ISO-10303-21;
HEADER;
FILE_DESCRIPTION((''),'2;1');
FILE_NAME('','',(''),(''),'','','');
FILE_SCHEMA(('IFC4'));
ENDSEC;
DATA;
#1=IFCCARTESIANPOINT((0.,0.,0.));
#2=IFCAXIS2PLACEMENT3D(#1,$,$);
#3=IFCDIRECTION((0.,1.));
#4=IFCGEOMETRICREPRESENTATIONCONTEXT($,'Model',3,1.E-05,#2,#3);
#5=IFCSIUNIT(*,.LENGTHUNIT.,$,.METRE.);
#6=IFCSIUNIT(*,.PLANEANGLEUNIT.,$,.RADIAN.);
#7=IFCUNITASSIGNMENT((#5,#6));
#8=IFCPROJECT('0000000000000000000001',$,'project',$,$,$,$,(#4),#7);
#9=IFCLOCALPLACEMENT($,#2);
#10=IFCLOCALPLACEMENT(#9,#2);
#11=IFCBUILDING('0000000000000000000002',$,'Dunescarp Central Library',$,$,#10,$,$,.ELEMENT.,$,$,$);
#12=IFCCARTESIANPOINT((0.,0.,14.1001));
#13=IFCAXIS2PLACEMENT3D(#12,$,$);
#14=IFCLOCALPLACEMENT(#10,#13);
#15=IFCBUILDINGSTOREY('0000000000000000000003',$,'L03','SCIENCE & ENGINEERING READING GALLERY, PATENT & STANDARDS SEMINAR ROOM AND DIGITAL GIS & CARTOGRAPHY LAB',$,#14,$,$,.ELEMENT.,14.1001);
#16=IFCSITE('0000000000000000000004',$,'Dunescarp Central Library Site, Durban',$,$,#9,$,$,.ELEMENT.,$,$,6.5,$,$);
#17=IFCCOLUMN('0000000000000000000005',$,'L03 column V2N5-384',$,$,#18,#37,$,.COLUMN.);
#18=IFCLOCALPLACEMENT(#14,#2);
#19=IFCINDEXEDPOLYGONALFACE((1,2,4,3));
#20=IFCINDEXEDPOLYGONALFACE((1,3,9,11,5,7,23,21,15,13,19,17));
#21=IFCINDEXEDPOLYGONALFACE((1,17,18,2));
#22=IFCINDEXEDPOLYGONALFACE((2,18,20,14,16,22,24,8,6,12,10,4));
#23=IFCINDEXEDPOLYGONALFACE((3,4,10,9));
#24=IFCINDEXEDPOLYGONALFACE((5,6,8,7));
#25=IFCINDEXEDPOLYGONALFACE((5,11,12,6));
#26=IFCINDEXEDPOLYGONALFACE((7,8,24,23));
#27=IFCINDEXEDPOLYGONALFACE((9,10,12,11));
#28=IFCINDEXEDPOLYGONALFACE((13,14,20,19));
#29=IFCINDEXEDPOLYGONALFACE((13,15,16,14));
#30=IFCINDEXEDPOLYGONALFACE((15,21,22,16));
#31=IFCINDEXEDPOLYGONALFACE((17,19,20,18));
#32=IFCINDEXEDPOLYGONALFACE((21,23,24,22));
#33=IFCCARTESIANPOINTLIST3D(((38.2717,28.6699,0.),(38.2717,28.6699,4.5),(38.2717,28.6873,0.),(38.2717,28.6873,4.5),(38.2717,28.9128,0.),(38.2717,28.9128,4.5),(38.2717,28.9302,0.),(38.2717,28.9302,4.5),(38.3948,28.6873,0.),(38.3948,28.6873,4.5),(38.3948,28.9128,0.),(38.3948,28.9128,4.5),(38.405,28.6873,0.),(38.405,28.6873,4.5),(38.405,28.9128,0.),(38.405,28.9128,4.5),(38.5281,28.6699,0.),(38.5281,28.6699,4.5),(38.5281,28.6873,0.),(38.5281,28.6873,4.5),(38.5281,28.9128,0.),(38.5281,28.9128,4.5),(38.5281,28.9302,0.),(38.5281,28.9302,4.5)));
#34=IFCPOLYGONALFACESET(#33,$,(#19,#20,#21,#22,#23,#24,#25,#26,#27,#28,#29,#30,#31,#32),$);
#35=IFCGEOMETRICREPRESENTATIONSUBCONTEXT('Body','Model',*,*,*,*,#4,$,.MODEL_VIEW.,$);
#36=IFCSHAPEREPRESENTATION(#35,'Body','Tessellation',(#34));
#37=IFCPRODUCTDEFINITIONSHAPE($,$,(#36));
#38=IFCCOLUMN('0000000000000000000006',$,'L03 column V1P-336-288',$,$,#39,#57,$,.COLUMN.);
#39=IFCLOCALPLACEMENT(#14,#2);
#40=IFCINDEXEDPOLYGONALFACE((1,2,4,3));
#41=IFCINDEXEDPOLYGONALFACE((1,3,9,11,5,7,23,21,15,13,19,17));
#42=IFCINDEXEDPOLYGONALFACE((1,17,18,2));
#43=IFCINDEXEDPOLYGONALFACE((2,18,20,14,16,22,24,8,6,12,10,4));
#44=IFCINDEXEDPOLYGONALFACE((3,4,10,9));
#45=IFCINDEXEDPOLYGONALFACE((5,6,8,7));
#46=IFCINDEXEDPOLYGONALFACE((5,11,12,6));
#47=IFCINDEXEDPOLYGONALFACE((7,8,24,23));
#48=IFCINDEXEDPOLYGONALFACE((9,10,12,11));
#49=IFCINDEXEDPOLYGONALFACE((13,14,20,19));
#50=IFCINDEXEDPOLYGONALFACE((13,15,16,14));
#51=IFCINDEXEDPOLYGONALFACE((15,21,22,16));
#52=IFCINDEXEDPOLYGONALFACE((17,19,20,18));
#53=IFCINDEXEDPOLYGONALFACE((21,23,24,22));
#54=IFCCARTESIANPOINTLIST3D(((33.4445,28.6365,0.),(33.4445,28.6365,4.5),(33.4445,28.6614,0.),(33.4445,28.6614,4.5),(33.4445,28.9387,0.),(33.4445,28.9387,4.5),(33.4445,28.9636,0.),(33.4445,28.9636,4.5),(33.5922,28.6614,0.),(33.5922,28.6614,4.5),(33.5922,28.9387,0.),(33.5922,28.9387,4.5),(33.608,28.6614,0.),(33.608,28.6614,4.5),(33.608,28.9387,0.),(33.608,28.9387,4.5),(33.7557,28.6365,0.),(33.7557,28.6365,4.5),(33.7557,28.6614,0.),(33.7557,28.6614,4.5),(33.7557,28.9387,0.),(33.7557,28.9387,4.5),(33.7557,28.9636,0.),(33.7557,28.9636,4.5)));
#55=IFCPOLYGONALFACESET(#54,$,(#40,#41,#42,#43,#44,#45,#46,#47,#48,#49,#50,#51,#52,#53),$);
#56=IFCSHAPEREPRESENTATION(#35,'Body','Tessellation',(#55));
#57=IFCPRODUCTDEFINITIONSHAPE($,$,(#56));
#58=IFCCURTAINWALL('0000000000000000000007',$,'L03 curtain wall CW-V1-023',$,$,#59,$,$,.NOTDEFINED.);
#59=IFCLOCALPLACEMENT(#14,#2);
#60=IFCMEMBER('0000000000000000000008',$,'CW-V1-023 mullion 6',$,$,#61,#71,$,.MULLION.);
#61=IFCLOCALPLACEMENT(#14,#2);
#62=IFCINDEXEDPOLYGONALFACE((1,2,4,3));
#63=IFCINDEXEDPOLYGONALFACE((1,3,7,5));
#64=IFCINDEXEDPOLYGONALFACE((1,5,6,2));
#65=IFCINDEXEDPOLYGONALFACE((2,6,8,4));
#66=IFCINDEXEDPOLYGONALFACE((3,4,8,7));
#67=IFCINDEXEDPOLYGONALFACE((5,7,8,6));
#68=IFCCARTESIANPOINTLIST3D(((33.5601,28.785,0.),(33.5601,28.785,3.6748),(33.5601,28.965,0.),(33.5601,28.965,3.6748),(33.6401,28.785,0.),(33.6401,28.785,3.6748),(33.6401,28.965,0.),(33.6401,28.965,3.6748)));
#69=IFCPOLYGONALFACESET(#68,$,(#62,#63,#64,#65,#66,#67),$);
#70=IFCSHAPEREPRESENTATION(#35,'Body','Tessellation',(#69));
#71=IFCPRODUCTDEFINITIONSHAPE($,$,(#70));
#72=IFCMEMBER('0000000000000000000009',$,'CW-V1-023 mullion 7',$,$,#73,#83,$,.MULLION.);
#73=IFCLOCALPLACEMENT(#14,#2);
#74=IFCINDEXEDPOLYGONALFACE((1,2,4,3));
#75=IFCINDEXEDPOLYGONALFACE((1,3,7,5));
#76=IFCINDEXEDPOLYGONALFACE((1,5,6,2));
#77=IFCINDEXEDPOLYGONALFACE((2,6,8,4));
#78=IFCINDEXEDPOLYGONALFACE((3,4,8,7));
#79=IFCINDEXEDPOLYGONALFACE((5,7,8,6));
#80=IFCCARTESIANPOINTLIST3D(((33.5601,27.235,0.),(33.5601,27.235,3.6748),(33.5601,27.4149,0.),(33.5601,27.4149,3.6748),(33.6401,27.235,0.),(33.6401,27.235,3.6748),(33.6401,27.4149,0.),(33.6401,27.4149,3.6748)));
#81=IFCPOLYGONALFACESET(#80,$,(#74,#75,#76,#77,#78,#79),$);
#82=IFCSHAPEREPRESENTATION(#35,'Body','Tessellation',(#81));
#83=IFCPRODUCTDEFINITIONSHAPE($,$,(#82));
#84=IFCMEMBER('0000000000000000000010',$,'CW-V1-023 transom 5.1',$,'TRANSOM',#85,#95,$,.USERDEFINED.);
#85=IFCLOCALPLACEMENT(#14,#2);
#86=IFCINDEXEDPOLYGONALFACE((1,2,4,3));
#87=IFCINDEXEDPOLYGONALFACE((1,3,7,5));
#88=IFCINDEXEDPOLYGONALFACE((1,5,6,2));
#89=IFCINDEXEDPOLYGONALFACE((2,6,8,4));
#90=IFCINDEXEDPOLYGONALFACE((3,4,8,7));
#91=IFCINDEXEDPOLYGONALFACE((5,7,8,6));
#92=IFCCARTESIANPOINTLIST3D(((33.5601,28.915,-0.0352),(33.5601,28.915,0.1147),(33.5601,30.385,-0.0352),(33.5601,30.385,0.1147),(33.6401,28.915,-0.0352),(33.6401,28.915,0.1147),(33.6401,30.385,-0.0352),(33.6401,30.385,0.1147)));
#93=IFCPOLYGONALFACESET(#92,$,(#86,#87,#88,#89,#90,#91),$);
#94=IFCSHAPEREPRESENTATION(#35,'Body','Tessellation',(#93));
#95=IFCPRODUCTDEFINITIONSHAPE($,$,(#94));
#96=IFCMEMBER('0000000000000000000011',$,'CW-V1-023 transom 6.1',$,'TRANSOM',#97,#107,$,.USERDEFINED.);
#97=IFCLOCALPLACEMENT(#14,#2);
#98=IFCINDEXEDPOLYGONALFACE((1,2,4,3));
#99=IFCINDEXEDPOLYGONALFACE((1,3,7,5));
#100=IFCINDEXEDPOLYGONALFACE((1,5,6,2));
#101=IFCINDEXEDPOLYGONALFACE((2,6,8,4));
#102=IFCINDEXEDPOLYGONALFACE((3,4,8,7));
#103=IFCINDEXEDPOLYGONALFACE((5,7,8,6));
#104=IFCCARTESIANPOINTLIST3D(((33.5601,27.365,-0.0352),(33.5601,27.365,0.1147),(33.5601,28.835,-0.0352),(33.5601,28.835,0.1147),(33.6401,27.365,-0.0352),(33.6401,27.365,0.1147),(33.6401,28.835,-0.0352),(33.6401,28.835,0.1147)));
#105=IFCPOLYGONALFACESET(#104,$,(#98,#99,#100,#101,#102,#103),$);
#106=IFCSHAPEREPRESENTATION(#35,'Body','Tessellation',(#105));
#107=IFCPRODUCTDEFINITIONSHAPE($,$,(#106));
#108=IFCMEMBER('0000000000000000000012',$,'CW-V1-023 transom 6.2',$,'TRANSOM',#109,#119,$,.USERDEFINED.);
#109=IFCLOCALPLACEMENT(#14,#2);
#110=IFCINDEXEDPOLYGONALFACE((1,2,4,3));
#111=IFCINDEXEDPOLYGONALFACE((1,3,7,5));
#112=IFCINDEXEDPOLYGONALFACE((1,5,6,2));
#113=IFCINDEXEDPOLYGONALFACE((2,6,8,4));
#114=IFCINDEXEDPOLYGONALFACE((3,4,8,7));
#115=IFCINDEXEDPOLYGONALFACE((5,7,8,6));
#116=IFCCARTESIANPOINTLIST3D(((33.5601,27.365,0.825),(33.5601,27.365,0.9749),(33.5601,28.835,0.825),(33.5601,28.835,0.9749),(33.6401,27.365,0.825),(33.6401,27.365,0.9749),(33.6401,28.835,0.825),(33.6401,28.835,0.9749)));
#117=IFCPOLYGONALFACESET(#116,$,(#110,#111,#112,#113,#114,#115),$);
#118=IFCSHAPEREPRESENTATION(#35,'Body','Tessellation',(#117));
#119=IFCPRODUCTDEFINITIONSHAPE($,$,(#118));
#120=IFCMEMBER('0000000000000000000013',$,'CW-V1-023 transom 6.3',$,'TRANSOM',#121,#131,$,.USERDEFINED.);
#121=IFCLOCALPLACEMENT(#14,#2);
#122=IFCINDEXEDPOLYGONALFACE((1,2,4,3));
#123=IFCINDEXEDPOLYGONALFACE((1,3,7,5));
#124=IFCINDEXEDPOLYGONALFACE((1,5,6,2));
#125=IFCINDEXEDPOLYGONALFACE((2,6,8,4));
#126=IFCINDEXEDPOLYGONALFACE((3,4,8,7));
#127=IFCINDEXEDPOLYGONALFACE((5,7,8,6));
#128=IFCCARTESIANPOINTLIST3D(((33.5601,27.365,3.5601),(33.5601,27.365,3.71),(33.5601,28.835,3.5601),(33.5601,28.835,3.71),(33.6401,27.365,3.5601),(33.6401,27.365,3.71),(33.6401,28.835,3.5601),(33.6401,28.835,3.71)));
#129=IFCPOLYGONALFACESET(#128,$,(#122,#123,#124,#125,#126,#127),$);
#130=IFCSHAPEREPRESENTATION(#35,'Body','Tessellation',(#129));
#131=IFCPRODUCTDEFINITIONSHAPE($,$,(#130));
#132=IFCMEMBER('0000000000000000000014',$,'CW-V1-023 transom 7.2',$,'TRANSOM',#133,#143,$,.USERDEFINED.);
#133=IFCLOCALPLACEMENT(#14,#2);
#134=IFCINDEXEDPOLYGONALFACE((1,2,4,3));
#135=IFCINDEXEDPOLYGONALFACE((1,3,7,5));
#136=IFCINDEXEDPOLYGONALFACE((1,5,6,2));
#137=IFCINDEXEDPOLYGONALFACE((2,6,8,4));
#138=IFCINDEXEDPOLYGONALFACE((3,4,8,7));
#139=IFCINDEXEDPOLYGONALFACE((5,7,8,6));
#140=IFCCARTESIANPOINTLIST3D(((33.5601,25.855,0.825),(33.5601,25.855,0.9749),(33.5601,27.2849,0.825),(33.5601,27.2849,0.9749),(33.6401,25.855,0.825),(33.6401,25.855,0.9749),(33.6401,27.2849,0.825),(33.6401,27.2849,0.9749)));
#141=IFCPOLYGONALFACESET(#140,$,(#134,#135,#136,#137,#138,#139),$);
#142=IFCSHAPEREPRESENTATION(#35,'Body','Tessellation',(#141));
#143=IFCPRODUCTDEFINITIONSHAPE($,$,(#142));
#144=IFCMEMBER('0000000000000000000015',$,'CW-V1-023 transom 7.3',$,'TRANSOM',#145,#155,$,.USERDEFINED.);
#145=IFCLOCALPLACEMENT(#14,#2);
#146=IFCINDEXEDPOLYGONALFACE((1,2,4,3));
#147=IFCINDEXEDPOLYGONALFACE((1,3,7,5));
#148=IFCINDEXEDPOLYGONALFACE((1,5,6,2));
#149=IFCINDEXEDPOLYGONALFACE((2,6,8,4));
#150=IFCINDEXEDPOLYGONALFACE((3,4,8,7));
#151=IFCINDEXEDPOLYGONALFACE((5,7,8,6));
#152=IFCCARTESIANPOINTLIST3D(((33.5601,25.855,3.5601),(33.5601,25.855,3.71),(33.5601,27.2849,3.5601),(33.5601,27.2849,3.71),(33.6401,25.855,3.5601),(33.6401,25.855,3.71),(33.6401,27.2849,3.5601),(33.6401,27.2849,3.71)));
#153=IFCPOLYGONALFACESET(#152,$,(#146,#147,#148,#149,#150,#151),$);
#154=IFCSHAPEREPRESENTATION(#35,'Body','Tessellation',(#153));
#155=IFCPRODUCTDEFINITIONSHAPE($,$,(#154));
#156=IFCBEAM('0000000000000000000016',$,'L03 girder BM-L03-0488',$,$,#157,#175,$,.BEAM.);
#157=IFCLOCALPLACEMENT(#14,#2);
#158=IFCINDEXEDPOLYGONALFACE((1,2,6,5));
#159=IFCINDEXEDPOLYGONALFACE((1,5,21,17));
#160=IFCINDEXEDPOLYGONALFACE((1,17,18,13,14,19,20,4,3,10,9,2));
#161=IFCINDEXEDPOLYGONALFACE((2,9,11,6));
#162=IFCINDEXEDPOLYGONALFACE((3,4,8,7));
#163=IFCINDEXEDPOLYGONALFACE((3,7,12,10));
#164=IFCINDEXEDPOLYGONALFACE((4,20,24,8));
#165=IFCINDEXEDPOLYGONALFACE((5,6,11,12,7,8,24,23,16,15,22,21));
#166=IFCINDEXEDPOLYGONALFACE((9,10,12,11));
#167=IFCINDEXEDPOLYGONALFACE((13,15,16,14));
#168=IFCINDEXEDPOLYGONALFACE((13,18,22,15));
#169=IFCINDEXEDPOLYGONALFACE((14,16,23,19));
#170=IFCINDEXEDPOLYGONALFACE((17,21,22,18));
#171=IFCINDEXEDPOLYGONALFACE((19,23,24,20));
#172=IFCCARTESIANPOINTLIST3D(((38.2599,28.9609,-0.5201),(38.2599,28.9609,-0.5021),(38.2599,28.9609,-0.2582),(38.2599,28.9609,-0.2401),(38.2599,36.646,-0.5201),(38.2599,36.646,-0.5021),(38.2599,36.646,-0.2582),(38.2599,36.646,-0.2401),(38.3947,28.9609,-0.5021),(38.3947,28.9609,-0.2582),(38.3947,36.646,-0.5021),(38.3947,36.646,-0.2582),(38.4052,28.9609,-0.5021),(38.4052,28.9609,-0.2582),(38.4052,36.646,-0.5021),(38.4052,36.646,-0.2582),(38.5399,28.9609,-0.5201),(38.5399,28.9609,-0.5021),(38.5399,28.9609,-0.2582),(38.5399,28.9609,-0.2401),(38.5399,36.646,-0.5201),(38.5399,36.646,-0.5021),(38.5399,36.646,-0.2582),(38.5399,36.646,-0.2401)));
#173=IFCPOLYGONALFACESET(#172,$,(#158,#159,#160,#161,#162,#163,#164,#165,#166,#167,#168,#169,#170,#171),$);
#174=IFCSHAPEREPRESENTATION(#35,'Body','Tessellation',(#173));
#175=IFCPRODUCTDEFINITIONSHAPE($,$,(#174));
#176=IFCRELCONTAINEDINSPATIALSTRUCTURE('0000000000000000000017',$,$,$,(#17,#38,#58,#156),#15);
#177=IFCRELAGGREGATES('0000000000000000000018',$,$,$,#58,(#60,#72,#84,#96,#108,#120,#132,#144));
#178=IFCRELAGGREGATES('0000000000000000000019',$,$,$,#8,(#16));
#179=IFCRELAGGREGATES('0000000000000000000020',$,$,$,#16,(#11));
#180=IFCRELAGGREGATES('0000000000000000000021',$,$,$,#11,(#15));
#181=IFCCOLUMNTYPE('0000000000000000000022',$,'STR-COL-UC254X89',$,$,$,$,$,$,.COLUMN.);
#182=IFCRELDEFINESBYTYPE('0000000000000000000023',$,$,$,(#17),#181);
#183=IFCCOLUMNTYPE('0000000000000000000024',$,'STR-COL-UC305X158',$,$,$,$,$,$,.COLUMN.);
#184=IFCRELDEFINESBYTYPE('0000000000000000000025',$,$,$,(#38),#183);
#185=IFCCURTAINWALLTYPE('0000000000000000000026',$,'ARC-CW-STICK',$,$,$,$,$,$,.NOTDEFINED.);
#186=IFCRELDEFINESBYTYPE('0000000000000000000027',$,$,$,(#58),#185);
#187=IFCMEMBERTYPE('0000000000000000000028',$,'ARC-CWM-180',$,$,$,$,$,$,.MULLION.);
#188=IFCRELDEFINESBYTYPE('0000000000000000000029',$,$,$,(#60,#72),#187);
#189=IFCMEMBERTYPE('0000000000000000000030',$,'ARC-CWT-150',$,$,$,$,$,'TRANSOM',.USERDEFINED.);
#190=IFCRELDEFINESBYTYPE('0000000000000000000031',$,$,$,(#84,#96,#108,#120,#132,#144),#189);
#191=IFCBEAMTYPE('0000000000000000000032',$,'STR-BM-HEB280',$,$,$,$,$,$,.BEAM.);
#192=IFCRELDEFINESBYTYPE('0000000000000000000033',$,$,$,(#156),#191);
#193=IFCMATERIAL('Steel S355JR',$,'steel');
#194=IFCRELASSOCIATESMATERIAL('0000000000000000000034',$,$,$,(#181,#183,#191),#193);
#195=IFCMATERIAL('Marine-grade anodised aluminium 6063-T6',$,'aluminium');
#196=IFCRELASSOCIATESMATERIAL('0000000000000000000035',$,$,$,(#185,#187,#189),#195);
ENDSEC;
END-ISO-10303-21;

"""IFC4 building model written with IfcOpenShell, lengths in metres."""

from ifc_helpers import new_model, si_unit, direction, frame, origin, origin_2d, place, context, subcontext, project, spatial, rectangle, i_section, extrude, material, material_profile, profile_set, type_object, element, aggregate, save


model = new_model("IFC4")

# Units and contexts
model_context = context("Model", 3, precision=1e-05, world=origin(), true_north=direction((0.0, 1.0)))
body_context = subcontext(model_context, "Body", "Model", "MODEL_VIEW")
ifc_project = project(units=[si_unit("LENGTHUNIT", "METRE"), si_unit("PLANEANGLEUNIT", "RADIAN")], contexts=[model_context])

# Site, building, storey
site_placement = place(None, origin())
site = spatial("IfcSite", under=ifc_project, at=site_placement, Name="Dunescarp Central Library Site, Durban", CompositionType="ELEMENT", RefElevation=6.5)
building_placement = place(site_placement, origin())
building = spatial("IfcBuilding", under=site, at=building_placement, Name="Dunescarp Central Library", CompositionType="ELEMENT")
storey_placement = place(building_placement, frame((0.0, 0.0, 14.1001)))
storey = spatial("IfcBuildingStorey", under=building, at=storey_placement, Name="L03", Description="SCIENCE & ENGINEERING READING GALLERY, PATENT & STANDARDS SEMINAR ROOM AND DIGITAL GIS & CARTOGRAPHY LAB", CompositionType="ELEMENT", Elevation=14.1001)

# Columns
ifc_material_1 = material(Name="Steel S355JR", Category="steel")
ifc_material_profile_1 = material_profile(ifc_material_1, i_section(OverallWidth=0.2563, OverallDepth=0.2603, WebThickness=0.0103, FlangeThickness=0.0173, at=origin_2d()), Name="UC 254x254x89")
ifc_profile_set_1 = profile_set([ifc_material_profile_1], Name="Steel S355JR")
column_type_1 = type_object("IfcColumnType", Name="STR-COL-UC254X89", PredefinedType="COLUMN", material=ifc_profile_set_1)
column_1_placement = place(storey_placement, frame((38.3999, 28.8, 0.0), z_axis=(0.0, 0.0, 1.0), x_axis=(1.0, 0.0, 0.0)))
element("IfcColumn", 1, at=column_1_placement, inside=storey, type_object=column_type_1, Name="L03 column V2N5-384", PredefinedType="COLUMN", context=body_context, shape_type="SweptSolid", body=[
    extrude(i_section(OverallWidth=0.2563, OverallDepth=0.2603, WebThickness=0.0103, FlangeThickness=0.0173, at=origin_2d()), origin(), (0.0, 0.0, 1.0), 4.5),
])
ifc_material_profile_2 = material_profile(ifc_material_1, i_section(OverallWidth=0.3113, OverallDepth=0.3271, WebThickness=0.0159, FlangeThickness=0.0249, at=origin_2d()), Name="UC 305x305x158")
ifc_profile_set_2 = profile_set([ifc_material_profile_2], Name="Steel S355JR")
column_type_2 = type_object("IfcColumnType", Name="STR-COL-UC305X158", PredefinedType="COLUMN", material=ifc_profile_set_2)
column_2_placement = place(storey_placement, frame((33.6001, 28.8, 0.0), z_axis=(0.0, 0.0, 1.0), x_axis=(1.0, 0.0, 0.0)))
element("IfcColumn", 2, at=column_2_placement, inside=storey, type_object=column_type_2, Name="L03 column V1P-336-288", PredefinedType="COLUMN", context=body_context, shape_type="SweptSolid", body=[
    extrude(i_section(OverallWidth=0.3113, OverallDepth=0.3271, WebThickness=0.0159, FlangeThickness=0.0249, at=origin_2d()), origin(), (0.0, 0.0, 1.0), 4.5),
])

# Curtain wall, members
ifc_material_2 = material(Name="Marine-grade anodised aluminium 6063-T6", Category="aluminium")
curtain_wall_type = type_object("IfcCurtainWallType", Name="ARC-CW-STICK", PredefinedType="NOTDEFINED", material=ifc_material_2)
curtain_wall_placement = place(storey_placement, origin())
curtain_wall = element("IfcCurtainWall", 3, at=curtain_wall_placement, inside=storey, type_object=curtain_wall_type, Name="L03 curtain wall CW-V1-023", PredefinedType="NOTDEFINED")
ifc_material_profile_3 = material_profile(ifc_material_2, rectangle(XDim=0.0801, YDim=0.1799, at=origin_2d()), Name="AL 80x180")
ifc_profile_set_3 = profile_set([ifc_material_profile_3], Name="Marine-grade anodised aluminium 6063-T6")
member_type_1 = type_object("IfcMemberType", Name="ARC-CWM-180", PredefinedType="MULLION", material=ifc_profile_set_3)
member_1_placement = place(storey_placement, frame((33.6001, 28.875, 0.0), z_axis=(0.0, 0.0, 1.0), x_axis=(1.0, 0.0, 0.0)))
member_1 = element("IfcMember", 4, at=member_1_placement, type_object=member_type_1, Name="CW-V1-023 mullion 6", PredefinedType="MULLION", context=body_context, shape_type="SweptSolid", body=[
    extrude(rectangle(XDim=0.0801, YDim=0.1799, at=origin_2d()), origin(), (0.0, 0.0, 1.0), 3.6748),
])
member_2_placement = place(storey_placement, frame((33.6001, 27.325, 0.0), z_axis=(0.0, 0.0, 1.0), x_axis=(1.0, 0.0, 0.0)))
member_2 = element("IfcMember", 5, at=member_2_placement, type_object=member_type_1, Name="CW-V1-023 mullion 7", PredefinedType="MULLION", context=body_context, shape_type="SweptSolid", body=[
    extrude(rectangle(XDim=0.0801, YDim=0.1799, at=origin_2d()), origin(), (0.0, 0.0, 1.0), 3.6748),
])
ifc_material_profile_4 = material_profile(ifc_material_2, rectangle(XDim=0.0801, YDim=0.1499, at=origin_2d()), Name="AL 80x150")
ifc_profile_set_4 = profile_set([ifc_material_profile_4], Name="Marine-grade anodised aluminium 6063-T6")
member_type_2 = type_object("IfcMemberType", Name="ARC-CWT-150", ElementType="TRANSOM", PredefinedType="USERDEFINED", material=ifc_profile_set_4)
member_3_placement = place(storey_placement, frame((33.6001, 30.385, 0.0398), z_axis=(0.0, -1.0, 0.0), x_axis=(1.0, 0.0, 0.0)))
member_3 = element("IfcMember", 6, at=member_3_placement, type_object=member_type_2, Name="CW-V1-023 transom 5.1", ObjectType="TRANSOM", PredefinedType="USERDEFINED", context=body_context, shape_type="SweptSolid", body=[
    extrude(rectangle(XDim=0.0801, YDim=0.1499, at=origin_2d()), origin(), (0.0, 0.0, 1.0), 1.47),
])
member_4_placement = place(storey_placement, frame((33.6001, 28.835, 0.0398), z_axis=(0.0, -1.0, 0.0), x_axis=(1.0, 0.0, 0.0)))
member_4 = element("IfcMember", 7, at=member_4_placement, type_object=member_type_2, Name="CW-V1-023 transom 6.1", ObjectType="TRANSOM", PredefinedType="USERDEFINED", context=body_context, shape_type="SweptSolid", body=[
    extrude(rectangle(XDim=0.0801, YDim=0.1499, at=origin_2d()), origin(), (0.0, 0.0, 1.0), 1.47),
])
member_5_placement = place(storey_placement, frame((33.6001, 28.835, 0.8999), z_axis=(0.0, -1.0, 0.0), x_axis=(1.0, 0.0, 0.0)))
member_5 = element("IfcMember", 8, at=member_5_placement, type_object=member_type_2, Name="CW-V1-023 transom 6.2", ObjectType="TRANSOM", PredefinedType="USERDEFINED", context=body_context, shape_type="SweptSolid", body=[
    extrude(rectangle(XDim=0.0801, YDim=0.1499, at=origin_2d()), origin(), (0.0, 0.0, 1.0), 1.47),
])
member_6_placement = place(storey_placement, frame((33.6001, 28.835, 3.635), z_axis=(0.0, -1.0, 0.0), x_axis=(1.0, 0.0, 0.0)))
member_6 = element("IfcMember", 9, at=member_6_placement, type_object=member_type_2, Name="CW-V1-023 transom 6.3", ObjectType="TRANSOM", PredefinedType="USERDEFINED", context=body_context, shape_type="SweptSolid", body=[
    extrude(rectangle(XDim=0.0801, YDim=0.1499, at=origin_2d()), origin(), (0.0, 0.0, 1.0), 1.47),
])
member_7_placement = place(storey_placement, frame((33.6001, 27.2849, 0.8999), z_axis=(0.0, -1.0, 0.0), x_axis=(1.0, 0.0, 0.0)))
member_7 = element("IfcMember", 10, at=member_7_placement, type_object=member_type_2, Name="CW-V1-023 transom 7.2", ObjectType="TRANSOM", PredefinedType="USERDEFINED", context=body_context, shape_type="SweptSolid", body=[
    extrude(rectangle(XDim=0.0801, YDim=0.1499, at=origin_2d()), origin(), (0.0, 0.0, 1.0), 1.4299),
])
member_8_placement = place(storey_placement, frame((33.6001, 27.2849, 3.635), z_axis=(0.0, -1.0, 0.0), x_axis=(1.0, 0.0, 0.0)))
member_8 = element("IfcMember", 11, at=member_8_placement, type_object=member_type_2, Name="CW-V1-023 transom 7.3", ObjectType="TRANSOM", PredefinedType="USERDEFINED", context=body_context, shape_type="SweptSolid", body=[
    extrude(rectangle(XDim=0.0801, YDim=0.1499, at=origin_2d()), origin(), (0.0, 0.0, 1.0), 1.4299),
])

# Beam
ifc_material_profile_5 = material_profile(ifc_material_1, i_section(OverallWidth=0.28, OverallDepth=0.28, WebThickness=0.0105, FlangeThickness=0.0181, at=origin_2d()), Name="HEB 280")
ifc_profile_set_5 = profile_set([ifc_material_profile_5], Name="Steel S355JR")
beam_type_1 = type_object("IfcBeamType", Name="STR-BM-HEB280", PredefinedType="BEAM", material=ifc_profile_set_5)
beam_1_placement = place(storey_placement, frame((38.3999, 28.9609, -0.3801), z_axis=(0.0, 1.0, 0.0), x_axis=(-1.0, 0.0, 0.0)))
element("IfcBeam", 12, at=beam_1_placement, inside=storey, type_object=beam_type_1, Name="L03 girder BM-L03-0488", PredefinedType="BEAM", context=body_context, shape_type="SweptSolid", body=[
    extrude(i_section(OverallWidth=0.28, OverallDepth=0.28, WebThickness=0.0105, FlangeThickness=0.0181, at=origin_2d()), origin(), (0.0, 0.0, 1.0), 7.6851),
])

aggregate(curtain_wall, [member_1, member_2, member_3, member_4, member_5, member_6, member_7, member_8])

save(model, "model.ifc")
